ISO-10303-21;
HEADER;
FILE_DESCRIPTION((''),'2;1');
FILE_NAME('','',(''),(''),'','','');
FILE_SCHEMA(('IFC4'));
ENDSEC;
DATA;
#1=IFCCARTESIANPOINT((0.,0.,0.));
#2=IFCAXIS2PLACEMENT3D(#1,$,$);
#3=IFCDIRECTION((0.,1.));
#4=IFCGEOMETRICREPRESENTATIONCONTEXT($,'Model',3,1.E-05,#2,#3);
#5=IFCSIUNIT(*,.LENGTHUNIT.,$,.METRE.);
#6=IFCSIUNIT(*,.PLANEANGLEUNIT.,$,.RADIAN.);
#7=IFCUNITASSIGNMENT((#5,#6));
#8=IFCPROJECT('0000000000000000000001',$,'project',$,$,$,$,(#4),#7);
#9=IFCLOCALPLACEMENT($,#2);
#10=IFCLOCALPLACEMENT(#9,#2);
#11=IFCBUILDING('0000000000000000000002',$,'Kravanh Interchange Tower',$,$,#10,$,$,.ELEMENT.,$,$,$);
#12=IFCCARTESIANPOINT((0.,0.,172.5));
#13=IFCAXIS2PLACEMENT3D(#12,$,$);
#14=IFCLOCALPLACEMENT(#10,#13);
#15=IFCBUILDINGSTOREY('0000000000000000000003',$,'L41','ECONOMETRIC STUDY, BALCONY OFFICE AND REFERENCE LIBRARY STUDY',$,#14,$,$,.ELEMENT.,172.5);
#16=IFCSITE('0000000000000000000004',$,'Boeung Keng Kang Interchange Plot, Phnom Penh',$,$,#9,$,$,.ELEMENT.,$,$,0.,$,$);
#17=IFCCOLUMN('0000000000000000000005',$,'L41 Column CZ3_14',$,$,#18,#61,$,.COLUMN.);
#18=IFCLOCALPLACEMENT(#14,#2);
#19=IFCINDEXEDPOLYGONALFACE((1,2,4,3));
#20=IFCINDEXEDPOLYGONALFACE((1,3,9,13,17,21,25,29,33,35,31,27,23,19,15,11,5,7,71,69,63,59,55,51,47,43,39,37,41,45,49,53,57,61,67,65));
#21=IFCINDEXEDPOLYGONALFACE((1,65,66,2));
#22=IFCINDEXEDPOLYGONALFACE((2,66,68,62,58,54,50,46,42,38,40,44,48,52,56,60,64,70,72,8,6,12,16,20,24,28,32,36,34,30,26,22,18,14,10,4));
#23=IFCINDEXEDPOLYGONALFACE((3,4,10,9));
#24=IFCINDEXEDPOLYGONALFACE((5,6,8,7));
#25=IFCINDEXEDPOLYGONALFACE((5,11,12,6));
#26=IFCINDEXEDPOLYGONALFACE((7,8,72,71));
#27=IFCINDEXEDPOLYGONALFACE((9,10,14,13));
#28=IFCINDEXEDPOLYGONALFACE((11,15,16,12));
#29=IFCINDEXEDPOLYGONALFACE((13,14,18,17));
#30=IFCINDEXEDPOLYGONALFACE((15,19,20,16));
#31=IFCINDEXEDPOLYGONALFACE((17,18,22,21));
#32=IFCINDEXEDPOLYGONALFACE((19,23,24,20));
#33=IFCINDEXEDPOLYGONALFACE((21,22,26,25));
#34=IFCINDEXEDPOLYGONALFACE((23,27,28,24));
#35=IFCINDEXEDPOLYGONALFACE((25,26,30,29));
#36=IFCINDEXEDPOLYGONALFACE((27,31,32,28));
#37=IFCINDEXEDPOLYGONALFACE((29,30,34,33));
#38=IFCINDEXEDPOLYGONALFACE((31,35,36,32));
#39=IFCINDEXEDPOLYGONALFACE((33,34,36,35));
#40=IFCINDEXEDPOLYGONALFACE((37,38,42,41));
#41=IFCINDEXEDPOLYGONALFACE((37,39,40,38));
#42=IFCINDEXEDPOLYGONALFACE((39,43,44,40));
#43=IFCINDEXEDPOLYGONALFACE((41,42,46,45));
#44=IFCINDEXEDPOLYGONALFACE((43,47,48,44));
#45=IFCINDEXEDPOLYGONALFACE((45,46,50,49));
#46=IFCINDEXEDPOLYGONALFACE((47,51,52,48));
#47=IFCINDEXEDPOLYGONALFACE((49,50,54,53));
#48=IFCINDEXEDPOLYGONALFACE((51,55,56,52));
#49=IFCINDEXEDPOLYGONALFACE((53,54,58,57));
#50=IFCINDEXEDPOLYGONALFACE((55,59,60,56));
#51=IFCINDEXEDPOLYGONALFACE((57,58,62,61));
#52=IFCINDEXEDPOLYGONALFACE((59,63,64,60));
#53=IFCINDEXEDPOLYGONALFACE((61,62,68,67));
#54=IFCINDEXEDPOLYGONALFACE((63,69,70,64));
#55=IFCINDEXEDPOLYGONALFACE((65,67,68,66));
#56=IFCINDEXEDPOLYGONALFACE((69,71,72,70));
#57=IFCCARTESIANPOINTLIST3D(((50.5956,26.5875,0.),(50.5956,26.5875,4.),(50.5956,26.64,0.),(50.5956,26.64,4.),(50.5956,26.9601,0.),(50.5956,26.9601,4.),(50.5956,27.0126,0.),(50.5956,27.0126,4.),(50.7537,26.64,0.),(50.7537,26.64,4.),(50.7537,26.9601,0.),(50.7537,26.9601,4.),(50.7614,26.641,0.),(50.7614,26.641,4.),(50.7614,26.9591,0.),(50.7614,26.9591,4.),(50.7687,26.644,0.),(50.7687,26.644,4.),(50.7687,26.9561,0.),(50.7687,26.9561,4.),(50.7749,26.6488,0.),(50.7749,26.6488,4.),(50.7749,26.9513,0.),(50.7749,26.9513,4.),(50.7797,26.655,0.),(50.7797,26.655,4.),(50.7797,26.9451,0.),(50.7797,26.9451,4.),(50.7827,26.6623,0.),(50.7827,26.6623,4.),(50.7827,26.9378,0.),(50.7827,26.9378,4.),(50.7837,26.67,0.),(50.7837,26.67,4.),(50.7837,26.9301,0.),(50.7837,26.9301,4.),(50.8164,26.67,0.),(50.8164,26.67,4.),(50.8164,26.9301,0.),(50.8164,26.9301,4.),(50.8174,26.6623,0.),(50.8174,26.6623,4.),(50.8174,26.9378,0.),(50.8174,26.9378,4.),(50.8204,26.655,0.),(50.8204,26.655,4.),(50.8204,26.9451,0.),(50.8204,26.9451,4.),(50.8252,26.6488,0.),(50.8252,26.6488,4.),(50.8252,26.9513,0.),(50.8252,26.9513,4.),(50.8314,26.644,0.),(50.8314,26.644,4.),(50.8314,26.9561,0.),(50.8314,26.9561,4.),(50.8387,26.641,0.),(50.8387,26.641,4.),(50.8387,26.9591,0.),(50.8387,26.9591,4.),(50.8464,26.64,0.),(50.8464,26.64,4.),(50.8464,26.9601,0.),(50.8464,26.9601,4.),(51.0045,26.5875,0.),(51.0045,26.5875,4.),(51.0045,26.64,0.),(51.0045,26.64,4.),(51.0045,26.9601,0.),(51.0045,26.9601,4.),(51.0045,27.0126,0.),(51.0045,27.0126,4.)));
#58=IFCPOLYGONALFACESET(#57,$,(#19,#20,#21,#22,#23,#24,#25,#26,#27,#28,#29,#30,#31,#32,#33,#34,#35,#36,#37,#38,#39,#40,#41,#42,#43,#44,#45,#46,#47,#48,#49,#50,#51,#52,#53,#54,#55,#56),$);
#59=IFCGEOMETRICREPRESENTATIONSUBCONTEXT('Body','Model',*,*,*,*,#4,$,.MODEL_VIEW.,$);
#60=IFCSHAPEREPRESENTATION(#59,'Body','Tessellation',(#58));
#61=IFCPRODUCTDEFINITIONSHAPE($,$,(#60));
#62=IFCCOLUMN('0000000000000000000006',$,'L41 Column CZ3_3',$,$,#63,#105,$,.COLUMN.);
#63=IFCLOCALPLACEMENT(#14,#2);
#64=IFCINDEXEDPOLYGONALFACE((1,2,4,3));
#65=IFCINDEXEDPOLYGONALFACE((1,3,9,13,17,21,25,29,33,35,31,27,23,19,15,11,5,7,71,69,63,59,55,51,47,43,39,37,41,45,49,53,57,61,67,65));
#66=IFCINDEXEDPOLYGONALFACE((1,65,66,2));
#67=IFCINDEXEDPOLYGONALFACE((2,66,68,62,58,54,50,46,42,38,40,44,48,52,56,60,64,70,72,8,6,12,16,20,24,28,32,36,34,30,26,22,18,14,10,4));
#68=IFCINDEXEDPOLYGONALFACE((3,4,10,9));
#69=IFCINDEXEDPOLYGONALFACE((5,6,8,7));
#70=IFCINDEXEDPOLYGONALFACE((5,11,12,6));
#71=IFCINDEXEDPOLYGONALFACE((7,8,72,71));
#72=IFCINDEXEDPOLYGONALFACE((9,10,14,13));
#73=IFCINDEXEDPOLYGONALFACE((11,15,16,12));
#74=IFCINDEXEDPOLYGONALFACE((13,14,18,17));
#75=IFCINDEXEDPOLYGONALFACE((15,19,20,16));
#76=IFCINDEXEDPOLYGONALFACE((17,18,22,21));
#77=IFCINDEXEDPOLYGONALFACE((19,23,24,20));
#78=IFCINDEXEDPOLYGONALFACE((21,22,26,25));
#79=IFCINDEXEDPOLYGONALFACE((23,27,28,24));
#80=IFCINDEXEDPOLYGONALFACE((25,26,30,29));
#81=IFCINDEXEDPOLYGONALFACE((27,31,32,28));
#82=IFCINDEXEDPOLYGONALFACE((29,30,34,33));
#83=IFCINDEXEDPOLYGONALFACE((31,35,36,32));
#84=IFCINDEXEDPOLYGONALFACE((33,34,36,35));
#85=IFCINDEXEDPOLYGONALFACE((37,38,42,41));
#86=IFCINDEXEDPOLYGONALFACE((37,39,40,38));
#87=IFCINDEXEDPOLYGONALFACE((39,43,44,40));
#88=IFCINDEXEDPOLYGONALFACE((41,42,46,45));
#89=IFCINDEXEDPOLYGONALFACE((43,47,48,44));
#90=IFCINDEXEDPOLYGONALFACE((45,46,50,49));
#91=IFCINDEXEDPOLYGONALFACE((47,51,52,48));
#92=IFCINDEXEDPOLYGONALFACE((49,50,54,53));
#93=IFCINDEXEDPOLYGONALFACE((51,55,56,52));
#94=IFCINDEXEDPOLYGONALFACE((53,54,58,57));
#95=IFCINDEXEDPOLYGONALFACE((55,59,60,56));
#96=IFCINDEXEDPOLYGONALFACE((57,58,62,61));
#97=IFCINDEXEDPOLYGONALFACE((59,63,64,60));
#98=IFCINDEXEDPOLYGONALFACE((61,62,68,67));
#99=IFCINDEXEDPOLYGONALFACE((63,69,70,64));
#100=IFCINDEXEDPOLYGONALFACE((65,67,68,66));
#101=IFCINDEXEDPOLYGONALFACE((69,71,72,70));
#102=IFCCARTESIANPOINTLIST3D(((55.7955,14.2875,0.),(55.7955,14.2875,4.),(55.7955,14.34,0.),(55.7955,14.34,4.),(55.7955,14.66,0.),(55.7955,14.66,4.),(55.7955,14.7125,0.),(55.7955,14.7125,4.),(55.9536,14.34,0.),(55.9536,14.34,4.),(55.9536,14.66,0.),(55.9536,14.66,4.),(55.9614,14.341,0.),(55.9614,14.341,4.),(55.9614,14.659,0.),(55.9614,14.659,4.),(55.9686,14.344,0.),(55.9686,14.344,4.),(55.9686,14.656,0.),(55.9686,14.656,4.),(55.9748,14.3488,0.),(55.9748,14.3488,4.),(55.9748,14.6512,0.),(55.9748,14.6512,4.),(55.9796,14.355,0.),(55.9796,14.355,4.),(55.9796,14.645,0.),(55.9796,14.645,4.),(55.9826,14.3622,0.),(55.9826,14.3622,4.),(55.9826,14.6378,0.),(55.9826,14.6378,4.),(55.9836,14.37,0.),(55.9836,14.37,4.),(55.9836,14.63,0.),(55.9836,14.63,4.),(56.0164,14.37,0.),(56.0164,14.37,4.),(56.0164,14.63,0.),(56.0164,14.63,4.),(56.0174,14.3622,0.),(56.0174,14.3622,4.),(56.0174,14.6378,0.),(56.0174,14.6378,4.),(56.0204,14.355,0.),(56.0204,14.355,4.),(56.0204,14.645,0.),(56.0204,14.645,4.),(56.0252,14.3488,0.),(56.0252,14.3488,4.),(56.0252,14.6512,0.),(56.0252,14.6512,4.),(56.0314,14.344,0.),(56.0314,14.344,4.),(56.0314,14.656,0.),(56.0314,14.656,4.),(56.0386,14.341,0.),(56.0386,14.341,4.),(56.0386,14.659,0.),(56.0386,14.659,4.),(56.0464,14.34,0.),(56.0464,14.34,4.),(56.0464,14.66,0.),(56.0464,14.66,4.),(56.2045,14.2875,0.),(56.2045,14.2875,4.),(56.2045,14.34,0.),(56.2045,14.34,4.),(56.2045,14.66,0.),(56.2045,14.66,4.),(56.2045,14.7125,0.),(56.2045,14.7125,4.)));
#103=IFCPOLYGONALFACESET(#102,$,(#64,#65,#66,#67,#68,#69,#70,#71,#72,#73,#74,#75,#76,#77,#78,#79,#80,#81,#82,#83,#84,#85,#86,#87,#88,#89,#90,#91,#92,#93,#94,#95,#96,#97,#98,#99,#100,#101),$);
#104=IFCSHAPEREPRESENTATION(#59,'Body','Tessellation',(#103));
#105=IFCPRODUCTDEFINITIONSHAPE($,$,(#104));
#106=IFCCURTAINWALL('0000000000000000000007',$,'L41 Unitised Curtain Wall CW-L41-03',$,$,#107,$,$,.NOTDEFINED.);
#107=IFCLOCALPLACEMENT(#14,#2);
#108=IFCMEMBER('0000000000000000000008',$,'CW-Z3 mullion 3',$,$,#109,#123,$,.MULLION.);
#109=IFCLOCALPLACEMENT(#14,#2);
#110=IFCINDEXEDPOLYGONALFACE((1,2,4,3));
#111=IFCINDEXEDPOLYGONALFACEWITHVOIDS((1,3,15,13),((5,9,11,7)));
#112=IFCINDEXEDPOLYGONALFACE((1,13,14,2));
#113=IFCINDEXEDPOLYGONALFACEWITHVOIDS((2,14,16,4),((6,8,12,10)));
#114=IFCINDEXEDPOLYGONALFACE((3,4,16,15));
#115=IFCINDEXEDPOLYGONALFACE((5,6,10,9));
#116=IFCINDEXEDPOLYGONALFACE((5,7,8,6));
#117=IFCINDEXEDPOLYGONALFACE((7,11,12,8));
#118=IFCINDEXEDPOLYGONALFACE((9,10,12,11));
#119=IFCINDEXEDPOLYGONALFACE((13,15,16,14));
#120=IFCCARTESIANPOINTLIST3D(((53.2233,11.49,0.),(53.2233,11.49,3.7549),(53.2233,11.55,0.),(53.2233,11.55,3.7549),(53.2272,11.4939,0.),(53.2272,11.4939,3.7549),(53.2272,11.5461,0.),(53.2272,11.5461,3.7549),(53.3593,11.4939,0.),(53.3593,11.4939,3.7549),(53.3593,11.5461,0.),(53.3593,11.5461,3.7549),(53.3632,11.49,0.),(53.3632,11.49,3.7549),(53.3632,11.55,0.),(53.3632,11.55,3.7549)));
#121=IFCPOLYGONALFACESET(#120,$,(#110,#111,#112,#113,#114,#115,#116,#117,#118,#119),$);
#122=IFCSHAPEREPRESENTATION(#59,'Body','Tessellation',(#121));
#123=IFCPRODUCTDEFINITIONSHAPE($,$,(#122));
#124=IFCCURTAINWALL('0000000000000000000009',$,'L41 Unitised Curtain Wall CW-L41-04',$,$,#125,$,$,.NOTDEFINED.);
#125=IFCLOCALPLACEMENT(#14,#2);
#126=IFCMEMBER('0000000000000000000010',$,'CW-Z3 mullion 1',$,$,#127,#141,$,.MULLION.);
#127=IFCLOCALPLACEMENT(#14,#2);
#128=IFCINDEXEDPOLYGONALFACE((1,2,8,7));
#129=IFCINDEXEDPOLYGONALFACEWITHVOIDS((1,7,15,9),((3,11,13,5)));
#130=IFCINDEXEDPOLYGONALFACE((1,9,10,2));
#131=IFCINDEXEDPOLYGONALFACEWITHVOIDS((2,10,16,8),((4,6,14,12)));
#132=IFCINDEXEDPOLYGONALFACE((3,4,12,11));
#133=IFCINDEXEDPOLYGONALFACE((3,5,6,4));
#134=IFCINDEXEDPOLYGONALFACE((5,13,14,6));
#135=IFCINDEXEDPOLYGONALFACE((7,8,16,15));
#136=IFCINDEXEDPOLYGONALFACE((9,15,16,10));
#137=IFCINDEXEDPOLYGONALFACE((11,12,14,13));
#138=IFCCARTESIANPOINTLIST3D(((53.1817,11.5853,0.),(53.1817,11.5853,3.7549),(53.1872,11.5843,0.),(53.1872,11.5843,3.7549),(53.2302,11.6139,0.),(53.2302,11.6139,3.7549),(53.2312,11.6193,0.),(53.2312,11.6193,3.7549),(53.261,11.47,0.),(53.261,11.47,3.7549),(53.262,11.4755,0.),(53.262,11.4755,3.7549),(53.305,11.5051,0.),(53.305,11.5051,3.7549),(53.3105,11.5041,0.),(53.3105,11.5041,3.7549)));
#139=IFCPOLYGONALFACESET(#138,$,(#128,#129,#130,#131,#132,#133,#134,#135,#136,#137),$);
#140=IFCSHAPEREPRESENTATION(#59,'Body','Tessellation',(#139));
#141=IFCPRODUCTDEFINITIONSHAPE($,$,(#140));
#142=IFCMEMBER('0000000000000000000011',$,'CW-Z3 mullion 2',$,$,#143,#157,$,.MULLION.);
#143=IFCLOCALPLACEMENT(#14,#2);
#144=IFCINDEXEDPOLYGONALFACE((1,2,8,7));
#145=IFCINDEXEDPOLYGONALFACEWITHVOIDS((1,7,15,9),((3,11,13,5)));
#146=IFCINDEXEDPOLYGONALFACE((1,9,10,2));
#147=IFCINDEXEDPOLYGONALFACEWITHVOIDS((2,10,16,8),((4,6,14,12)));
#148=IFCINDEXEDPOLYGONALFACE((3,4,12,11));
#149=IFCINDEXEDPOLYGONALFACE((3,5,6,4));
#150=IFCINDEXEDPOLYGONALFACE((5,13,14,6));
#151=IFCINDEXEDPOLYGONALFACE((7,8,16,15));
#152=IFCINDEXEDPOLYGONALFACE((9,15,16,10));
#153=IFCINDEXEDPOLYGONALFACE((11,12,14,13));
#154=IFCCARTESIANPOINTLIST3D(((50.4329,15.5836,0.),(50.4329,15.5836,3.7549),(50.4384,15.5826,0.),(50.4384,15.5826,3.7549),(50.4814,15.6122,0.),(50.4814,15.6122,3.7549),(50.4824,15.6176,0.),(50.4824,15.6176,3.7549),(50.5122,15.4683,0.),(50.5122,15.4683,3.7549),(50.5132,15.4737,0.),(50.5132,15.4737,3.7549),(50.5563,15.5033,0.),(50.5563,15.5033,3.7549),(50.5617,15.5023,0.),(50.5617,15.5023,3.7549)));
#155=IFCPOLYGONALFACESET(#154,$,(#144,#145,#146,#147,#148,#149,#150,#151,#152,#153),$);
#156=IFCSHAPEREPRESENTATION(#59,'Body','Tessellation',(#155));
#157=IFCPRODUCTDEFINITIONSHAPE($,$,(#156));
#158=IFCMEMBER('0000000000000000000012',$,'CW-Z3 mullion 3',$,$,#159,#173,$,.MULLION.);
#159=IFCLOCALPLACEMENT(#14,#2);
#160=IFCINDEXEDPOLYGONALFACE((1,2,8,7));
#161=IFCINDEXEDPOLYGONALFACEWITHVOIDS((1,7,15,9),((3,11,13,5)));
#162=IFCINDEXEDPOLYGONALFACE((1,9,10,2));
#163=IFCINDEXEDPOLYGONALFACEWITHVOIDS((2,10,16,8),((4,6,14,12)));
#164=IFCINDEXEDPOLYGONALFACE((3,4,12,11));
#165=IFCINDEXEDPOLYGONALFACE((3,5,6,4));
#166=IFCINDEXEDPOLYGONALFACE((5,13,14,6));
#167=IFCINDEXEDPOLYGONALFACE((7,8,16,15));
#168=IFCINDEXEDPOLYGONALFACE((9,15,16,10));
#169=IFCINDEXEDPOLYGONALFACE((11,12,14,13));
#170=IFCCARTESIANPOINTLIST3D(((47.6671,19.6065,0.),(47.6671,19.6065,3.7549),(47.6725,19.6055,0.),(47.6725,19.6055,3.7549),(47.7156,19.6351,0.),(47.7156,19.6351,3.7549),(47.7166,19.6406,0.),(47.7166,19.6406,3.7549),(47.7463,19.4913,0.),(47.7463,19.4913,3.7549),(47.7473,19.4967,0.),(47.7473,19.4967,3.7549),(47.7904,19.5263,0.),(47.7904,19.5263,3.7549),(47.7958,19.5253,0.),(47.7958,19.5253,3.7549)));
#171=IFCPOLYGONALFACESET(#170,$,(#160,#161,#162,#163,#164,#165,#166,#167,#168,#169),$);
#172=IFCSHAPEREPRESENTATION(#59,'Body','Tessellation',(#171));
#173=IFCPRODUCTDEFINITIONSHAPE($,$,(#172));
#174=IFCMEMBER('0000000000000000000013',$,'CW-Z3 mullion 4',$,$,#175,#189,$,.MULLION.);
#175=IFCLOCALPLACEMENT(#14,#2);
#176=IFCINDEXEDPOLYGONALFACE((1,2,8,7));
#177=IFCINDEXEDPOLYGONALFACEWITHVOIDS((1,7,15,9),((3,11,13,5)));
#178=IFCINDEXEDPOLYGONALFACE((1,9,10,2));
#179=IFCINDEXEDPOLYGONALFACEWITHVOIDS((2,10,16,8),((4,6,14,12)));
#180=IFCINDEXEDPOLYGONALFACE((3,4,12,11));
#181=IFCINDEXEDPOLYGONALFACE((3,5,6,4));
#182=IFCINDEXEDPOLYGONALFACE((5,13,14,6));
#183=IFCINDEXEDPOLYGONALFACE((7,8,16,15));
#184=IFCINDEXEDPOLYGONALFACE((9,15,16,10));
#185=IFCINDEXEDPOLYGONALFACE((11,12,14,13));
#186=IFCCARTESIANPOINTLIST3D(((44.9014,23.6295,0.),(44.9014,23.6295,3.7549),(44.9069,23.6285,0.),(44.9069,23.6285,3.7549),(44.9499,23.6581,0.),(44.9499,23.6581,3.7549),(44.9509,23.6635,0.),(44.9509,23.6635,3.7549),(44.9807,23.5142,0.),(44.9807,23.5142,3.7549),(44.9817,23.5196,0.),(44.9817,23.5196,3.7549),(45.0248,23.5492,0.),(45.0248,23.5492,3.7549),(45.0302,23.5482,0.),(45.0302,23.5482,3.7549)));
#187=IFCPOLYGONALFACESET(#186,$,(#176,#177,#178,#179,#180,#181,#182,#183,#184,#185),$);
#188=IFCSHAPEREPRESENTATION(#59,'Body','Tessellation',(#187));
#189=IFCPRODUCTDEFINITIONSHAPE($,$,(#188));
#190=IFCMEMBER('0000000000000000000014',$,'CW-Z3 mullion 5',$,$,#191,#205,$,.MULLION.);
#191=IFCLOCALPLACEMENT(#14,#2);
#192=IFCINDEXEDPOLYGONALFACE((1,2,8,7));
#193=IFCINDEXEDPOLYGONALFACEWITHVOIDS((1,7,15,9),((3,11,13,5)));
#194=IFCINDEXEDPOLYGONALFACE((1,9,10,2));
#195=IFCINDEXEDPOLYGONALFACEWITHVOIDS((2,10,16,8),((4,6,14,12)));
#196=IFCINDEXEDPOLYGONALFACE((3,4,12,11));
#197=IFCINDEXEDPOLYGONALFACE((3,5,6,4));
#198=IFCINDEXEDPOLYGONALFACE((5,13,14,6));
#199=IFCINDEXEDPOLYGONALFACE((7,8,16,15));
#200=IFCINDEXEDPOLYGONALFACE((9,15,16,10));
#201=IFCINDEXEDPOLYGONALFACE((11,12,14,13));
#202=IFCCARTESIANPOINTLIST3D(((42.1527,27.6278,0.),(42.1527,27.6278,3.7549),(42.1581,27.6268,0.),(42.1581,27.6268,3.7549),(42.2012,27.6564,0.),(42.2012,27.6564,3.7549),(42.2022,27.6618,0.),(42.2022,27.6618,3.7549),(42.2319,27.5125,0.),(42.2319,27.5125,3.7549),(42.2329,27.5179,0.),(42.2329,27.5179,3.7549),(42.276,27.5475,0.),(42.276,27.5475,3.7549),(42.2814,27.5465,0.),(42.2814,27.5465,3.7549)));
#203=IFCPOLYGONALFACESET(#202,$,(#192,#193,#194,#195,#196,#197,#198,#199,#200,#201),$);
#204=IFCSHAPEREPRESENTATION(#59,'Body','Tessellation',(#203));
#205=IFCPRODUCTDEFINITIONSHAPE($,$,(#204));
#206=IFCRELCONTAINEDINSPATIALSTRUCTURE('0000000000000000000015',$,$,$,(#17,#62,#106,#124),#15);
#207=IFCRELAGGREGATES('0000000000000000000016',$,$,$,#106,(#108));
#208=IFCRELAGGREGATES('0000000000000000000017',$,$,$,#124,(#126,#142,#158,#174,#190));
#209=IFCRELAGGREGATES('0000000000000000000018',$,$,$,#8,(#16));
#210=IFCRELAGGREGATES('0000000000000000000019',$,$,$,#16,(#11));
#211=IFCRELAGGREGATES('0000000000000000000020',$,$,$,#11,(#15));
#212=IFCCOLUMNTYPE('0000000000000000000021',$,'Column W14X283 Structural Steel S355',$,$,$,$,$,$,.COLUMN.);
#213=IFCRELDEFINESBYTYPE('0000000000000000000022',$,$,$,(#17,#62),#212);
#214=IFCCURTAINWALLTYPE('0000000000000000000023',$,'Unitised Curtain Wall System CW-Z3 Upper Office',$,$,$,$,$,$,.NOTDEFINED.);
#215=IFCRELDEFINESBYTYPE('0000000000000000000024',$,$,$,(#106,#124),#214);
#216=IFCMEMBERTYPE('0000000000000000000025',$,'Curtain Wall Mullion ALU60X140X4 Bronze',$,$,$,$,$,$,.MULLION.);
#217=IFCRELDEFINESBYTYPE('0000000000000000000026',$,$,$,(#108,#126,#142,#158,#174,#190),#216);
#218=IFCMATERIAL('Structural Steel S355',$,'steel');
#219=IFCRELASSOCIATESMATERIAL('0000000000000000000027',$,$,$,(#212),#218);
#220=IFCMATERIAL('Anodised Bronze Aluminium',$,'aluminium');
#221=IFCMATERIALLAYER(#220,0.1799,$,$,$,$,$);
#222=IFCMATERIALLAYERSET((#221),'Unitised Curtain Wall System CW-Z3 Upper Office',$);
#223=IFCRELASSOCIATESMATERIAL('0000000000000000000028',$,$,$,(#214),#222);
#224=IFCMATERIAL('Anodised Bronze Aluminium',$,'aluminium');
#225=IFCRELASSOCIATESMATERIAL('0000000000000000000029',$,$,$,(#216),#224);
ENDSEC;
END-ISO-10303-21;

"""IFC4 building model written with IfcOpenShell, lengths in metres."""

from ifc_helpers import new_model, si_unit, direction, frame, origin, origin_2d, place, context, subcontext, project, spatial, hollow_rectangle, i_section, extrude, material, layer, layer_set, material_profile, profile_set, type_object, element, aggregate, save


model = new_model("IFC4")

# Units and contexts
model_context = context("Model", 3, precision=1e-05, world=origin(), true_north=direction((0.0, 1.0)))
body_context = subcontext(model_context, "Body", "Model", "MODEL_VIEW")
ifc_project = project(units=[si_unit("LENGTHUNIT", "METRE"), si_unit("PLANEANGLEUNIT", "RADIAN")], contexts=[model_context])

# Site, building, storey
site_placement = place(None, origin())
site = spatial("IfcSite", under=ifc_project, at=site_placement, Name="Boeung Keng Kang Interchange Plot, Phnom Penh", CompositionType="ELEMENT", RefElevation=0.0)
building_placement = place(site_placement, origin())
building = spatial("IfcBuilding", under=site, at=building_placement, Name="Kravanh Interchange Tower", CompositionType="ELEMENT")
storey_placement = place(building_placement, frame((0.0, 0.0, 172.5)))
storey = spatial("IfcBuildingStorey", under=building, at=storey_placement, Name="L41", Description="ECONOMETRIC STUDY, BALCONY OFFICE AND REFERENCE LIBRARY STUDY", CompositionType="ELEMENT", Elevation=172.5)

# Columns
ifc_material_1 = material(Name="Structural Steel S355", Category="steel")
ifc_material_profile_1 = material_profile(ifc_material_1, i_section(OverallWidth=0.4089, OverallDepth=0.425, WebThickness=0.0327, FlangeThickness=0.0525, FilletRadius=0.03, at=origin_2d()), Name="W14X283")
ifc_profile_set_1 = profile_set([ifc_material_profile_1], Name="Structural Steel S355")
column_type = type_object("IfcColumnType", Name="Column W14X283 Structural Steel S355", PredefinedType="COLUMN", material=ifc_profile_set_1)
for number, where, z_axis, x_axis, name in (
    (1, (50.8, 26.8, 0.0), (0.0, 0.0, 1.0), (1.0, 0.0, 0.0), "L41 Column CZ3_14"),
    (2, (56.0, 14.5, 0.0), (0.0, 0.0, 1.0), (1.0, 0.0, 0.0), "L41 Column CZ3_3"),
):
    element("IfcColumn", number, at=place(storey_placement, frame(where, z_axis=z_axis, x_axis=x_axis)), inside=storey, type_object=column_type, Name=name, PredefinedType="COLUMN", context=body_context, shape_type="SweptSolid", body=[
        extrude(i_section(OverallWidth=0.4089, OverallDepth=0.425, WebThickness=0.0327, FlangeThickness=0.0525, FilletRadius=0.03, at=origin_2d()), origin(), (0.0, 0.0, 1.0), 4.0),
    ])

# Curtain wall, member
ifc_material_2 = material(Name="Anodised Bronze Aluminium", Category="aluminium")
ifc_layer_1 = layer(ifc_material_2, 0.1799)
ifc_layer_set_1 = layer_set([ifc_layer_1], Name="Unitised Curtain Wall System CW-Z3 Upper Office")
curtain_wall_type = type_object("IfcCurtainWallType", Name="Unitised Curtain Wall System CW-Z3 Upper Office", PredefinedType="NOTDEFINED", material=ifc_layer_set_1)
curtain_wall_1_placement = place(storey_placement, origin())
curtain_wall_1 = element("IfcCurtainWall", 3, at=curtain_wall_1_placement, inside=storey, type_object=curtain_wall_type, Name="L41 Unitised Curtain Wall CW-L41-03", PredefinedType="NOTDEFINED")
ifc_material_3 = material(Name="Anodised Bronze Aluminium", Category="aluminium")
ifc_material_profile_2 = material_profile(ifc_material_3, hollow_rectangle(XDim=0.0601, YDim=0.1399, WallThickness=0.0039, at=origin_2d()), Name="ALU60X140X4")
ifc_profile_set_2 = profile_set([ifc_material_profile_2], Name="Anodised Bronze Aluminium")
member_type_1 = type_object("IfcMemberType", Name="Curtain Wall Mullion ALU60X140X4 Bronze", PredefinedType="MULLION", material=ifc_profile_set_2)
member_1_placement = place(storey_placement, frame((53.2932, 11.52, 0.0), z_axis=(0.0, 0.0, 1.0), x_axis=(0.0, -1.0, 0.0)))
member_1 = element("IfcMember", 4, at=member_1_placement, type_object=member_type_1, Name="CW-Z3 mullion 3", PredefinedType="MULLION", context=body_context, shape_type="SweptSolid", body=[
    extrude(hollow_rectangle(XDim=0.0601, YDim=0.1399, WallThickness=0.0039, at=origin_2d()), origin(), (0.0, 0.0, 1.0), 3.7549),
])

# Curtain wall, members
curtain_wall_2_placement = place(storey_placement, origin())
curtain_wall_2 = element("IfcCurtainWall", 5, at=curtain_wall_2_placement, inside=storey, type_object=curtain_wall_type, Name="L41 Unitised Curtain Wall CW-L41-04", PredefinedType="NOTDEFINED")
member_2_placement = place(storey_placement, frame((53.2461, 11.5447, 0.0), z_axis=(0.0, 0.0, 1.0), x_axis=(-0.824042, -0.566528, 0.0)))
member_2 = element("IfcMember", 6, at=member_2_placement, type_object=member_type_1, Name="CW-Z3 mullion 1", PredefinedType="MULLION", context=body_context, shape_type="SweptSolid", body=[
    extrude(hollow_rectangle(XDim=0.0601, YDim=0.1399, WallThickness=0.0039, at=origin_2d()), origin(), (0.0, 0.0, 1.0), 3.7549),
])
member_3_placement = place(storey_placement, frame((50.4973, 15.543, 0.0), z_axis=(0.0, 0.0, 1.0), x_axis=(-0.824042, -0.566528, 0.0)))
member_3 = element("IfcMember", 7, at=member_3_placement, type_object=member_type_1, Name="CW-Z3 mullion 2", PredefinedType="MULLION", context=body_context, shape_type="SweptSolid", body=[
    extrude(hollow_rectangle(XDim=0.0601, YDim=0.1399, WallThickness=0.0039, at=origin_2d()), origin(), (0.0, 0.0, 1.0), 3.7549),
])
member_4_placement = place(storey_placement, frame((47.7314, 19.5659, 0.0), z_axis=(0.0, 0.0, 1.0), x_axis=(-0.824042, -0.566528, 0.0)))
member_4 = element("IfcMember", 8, at=member_4_placement, type_object=member_type_1, Name="CW-Z3 mullion 3", PredefinedType="MULLION", context=body_context, shape_type="SweptSolid", body=[
    extrude(hollow_rectangle(XDim=0.0601, YDim=0.1399, WallThickness=0.0039, at=origin_2d()), origin(), (0.0, 0.0, 1.0), 3.7549),
])
member_5_placement = place(storey_placement, frame((44.9658, 23.5889, 0.0), z_axis=(0.0, 0.0, 1.0), x_axis=(-0.824042, -0.566528, 0.0)))
member_5 = element("IfcMember", 9, at=member_5_placement, type_object=member_type_1, Name="CW-Z3 mullion 4", PredefinedType="MULLION", context=body_context, shape_type="SweptSolid", body=[
    extrude(hollow_rectangle(XDim=0.0601, YDim=0.1399, WallThickness=0.0039, at=origin_2d()), origin(), (0.0, 0.0, 1.0), 3.7549),
])
member_6_placement = place(storey_placement, frame((42.217, 27.5872, 0.0), z_axis=(0.0, 0.0, 1.0), x_axis=(-0.824042, -0.566528, 0.0)))
member_6 = element("IfcMember", 10, at=member_6_placement, type_object=member_type_1, Name="CW-Z3 mullion 5", PredefinedType="MULLION", context=body_context, shape_type="SweptSolid", body=[
    extrude(hollow_rectangle(XDim=0.0601, YDim=0.1399, WallThickness=0.0039, at=origin_2d()), origin(), (0.0, 0.0, 1.0), 3.7549),
])

aggregate(curtain_wall_1, [member_1])
aggregate(curtain_wall_2, [member_2, member_3, member_4, member_5, member_6])

save(model, "model.ifc")
